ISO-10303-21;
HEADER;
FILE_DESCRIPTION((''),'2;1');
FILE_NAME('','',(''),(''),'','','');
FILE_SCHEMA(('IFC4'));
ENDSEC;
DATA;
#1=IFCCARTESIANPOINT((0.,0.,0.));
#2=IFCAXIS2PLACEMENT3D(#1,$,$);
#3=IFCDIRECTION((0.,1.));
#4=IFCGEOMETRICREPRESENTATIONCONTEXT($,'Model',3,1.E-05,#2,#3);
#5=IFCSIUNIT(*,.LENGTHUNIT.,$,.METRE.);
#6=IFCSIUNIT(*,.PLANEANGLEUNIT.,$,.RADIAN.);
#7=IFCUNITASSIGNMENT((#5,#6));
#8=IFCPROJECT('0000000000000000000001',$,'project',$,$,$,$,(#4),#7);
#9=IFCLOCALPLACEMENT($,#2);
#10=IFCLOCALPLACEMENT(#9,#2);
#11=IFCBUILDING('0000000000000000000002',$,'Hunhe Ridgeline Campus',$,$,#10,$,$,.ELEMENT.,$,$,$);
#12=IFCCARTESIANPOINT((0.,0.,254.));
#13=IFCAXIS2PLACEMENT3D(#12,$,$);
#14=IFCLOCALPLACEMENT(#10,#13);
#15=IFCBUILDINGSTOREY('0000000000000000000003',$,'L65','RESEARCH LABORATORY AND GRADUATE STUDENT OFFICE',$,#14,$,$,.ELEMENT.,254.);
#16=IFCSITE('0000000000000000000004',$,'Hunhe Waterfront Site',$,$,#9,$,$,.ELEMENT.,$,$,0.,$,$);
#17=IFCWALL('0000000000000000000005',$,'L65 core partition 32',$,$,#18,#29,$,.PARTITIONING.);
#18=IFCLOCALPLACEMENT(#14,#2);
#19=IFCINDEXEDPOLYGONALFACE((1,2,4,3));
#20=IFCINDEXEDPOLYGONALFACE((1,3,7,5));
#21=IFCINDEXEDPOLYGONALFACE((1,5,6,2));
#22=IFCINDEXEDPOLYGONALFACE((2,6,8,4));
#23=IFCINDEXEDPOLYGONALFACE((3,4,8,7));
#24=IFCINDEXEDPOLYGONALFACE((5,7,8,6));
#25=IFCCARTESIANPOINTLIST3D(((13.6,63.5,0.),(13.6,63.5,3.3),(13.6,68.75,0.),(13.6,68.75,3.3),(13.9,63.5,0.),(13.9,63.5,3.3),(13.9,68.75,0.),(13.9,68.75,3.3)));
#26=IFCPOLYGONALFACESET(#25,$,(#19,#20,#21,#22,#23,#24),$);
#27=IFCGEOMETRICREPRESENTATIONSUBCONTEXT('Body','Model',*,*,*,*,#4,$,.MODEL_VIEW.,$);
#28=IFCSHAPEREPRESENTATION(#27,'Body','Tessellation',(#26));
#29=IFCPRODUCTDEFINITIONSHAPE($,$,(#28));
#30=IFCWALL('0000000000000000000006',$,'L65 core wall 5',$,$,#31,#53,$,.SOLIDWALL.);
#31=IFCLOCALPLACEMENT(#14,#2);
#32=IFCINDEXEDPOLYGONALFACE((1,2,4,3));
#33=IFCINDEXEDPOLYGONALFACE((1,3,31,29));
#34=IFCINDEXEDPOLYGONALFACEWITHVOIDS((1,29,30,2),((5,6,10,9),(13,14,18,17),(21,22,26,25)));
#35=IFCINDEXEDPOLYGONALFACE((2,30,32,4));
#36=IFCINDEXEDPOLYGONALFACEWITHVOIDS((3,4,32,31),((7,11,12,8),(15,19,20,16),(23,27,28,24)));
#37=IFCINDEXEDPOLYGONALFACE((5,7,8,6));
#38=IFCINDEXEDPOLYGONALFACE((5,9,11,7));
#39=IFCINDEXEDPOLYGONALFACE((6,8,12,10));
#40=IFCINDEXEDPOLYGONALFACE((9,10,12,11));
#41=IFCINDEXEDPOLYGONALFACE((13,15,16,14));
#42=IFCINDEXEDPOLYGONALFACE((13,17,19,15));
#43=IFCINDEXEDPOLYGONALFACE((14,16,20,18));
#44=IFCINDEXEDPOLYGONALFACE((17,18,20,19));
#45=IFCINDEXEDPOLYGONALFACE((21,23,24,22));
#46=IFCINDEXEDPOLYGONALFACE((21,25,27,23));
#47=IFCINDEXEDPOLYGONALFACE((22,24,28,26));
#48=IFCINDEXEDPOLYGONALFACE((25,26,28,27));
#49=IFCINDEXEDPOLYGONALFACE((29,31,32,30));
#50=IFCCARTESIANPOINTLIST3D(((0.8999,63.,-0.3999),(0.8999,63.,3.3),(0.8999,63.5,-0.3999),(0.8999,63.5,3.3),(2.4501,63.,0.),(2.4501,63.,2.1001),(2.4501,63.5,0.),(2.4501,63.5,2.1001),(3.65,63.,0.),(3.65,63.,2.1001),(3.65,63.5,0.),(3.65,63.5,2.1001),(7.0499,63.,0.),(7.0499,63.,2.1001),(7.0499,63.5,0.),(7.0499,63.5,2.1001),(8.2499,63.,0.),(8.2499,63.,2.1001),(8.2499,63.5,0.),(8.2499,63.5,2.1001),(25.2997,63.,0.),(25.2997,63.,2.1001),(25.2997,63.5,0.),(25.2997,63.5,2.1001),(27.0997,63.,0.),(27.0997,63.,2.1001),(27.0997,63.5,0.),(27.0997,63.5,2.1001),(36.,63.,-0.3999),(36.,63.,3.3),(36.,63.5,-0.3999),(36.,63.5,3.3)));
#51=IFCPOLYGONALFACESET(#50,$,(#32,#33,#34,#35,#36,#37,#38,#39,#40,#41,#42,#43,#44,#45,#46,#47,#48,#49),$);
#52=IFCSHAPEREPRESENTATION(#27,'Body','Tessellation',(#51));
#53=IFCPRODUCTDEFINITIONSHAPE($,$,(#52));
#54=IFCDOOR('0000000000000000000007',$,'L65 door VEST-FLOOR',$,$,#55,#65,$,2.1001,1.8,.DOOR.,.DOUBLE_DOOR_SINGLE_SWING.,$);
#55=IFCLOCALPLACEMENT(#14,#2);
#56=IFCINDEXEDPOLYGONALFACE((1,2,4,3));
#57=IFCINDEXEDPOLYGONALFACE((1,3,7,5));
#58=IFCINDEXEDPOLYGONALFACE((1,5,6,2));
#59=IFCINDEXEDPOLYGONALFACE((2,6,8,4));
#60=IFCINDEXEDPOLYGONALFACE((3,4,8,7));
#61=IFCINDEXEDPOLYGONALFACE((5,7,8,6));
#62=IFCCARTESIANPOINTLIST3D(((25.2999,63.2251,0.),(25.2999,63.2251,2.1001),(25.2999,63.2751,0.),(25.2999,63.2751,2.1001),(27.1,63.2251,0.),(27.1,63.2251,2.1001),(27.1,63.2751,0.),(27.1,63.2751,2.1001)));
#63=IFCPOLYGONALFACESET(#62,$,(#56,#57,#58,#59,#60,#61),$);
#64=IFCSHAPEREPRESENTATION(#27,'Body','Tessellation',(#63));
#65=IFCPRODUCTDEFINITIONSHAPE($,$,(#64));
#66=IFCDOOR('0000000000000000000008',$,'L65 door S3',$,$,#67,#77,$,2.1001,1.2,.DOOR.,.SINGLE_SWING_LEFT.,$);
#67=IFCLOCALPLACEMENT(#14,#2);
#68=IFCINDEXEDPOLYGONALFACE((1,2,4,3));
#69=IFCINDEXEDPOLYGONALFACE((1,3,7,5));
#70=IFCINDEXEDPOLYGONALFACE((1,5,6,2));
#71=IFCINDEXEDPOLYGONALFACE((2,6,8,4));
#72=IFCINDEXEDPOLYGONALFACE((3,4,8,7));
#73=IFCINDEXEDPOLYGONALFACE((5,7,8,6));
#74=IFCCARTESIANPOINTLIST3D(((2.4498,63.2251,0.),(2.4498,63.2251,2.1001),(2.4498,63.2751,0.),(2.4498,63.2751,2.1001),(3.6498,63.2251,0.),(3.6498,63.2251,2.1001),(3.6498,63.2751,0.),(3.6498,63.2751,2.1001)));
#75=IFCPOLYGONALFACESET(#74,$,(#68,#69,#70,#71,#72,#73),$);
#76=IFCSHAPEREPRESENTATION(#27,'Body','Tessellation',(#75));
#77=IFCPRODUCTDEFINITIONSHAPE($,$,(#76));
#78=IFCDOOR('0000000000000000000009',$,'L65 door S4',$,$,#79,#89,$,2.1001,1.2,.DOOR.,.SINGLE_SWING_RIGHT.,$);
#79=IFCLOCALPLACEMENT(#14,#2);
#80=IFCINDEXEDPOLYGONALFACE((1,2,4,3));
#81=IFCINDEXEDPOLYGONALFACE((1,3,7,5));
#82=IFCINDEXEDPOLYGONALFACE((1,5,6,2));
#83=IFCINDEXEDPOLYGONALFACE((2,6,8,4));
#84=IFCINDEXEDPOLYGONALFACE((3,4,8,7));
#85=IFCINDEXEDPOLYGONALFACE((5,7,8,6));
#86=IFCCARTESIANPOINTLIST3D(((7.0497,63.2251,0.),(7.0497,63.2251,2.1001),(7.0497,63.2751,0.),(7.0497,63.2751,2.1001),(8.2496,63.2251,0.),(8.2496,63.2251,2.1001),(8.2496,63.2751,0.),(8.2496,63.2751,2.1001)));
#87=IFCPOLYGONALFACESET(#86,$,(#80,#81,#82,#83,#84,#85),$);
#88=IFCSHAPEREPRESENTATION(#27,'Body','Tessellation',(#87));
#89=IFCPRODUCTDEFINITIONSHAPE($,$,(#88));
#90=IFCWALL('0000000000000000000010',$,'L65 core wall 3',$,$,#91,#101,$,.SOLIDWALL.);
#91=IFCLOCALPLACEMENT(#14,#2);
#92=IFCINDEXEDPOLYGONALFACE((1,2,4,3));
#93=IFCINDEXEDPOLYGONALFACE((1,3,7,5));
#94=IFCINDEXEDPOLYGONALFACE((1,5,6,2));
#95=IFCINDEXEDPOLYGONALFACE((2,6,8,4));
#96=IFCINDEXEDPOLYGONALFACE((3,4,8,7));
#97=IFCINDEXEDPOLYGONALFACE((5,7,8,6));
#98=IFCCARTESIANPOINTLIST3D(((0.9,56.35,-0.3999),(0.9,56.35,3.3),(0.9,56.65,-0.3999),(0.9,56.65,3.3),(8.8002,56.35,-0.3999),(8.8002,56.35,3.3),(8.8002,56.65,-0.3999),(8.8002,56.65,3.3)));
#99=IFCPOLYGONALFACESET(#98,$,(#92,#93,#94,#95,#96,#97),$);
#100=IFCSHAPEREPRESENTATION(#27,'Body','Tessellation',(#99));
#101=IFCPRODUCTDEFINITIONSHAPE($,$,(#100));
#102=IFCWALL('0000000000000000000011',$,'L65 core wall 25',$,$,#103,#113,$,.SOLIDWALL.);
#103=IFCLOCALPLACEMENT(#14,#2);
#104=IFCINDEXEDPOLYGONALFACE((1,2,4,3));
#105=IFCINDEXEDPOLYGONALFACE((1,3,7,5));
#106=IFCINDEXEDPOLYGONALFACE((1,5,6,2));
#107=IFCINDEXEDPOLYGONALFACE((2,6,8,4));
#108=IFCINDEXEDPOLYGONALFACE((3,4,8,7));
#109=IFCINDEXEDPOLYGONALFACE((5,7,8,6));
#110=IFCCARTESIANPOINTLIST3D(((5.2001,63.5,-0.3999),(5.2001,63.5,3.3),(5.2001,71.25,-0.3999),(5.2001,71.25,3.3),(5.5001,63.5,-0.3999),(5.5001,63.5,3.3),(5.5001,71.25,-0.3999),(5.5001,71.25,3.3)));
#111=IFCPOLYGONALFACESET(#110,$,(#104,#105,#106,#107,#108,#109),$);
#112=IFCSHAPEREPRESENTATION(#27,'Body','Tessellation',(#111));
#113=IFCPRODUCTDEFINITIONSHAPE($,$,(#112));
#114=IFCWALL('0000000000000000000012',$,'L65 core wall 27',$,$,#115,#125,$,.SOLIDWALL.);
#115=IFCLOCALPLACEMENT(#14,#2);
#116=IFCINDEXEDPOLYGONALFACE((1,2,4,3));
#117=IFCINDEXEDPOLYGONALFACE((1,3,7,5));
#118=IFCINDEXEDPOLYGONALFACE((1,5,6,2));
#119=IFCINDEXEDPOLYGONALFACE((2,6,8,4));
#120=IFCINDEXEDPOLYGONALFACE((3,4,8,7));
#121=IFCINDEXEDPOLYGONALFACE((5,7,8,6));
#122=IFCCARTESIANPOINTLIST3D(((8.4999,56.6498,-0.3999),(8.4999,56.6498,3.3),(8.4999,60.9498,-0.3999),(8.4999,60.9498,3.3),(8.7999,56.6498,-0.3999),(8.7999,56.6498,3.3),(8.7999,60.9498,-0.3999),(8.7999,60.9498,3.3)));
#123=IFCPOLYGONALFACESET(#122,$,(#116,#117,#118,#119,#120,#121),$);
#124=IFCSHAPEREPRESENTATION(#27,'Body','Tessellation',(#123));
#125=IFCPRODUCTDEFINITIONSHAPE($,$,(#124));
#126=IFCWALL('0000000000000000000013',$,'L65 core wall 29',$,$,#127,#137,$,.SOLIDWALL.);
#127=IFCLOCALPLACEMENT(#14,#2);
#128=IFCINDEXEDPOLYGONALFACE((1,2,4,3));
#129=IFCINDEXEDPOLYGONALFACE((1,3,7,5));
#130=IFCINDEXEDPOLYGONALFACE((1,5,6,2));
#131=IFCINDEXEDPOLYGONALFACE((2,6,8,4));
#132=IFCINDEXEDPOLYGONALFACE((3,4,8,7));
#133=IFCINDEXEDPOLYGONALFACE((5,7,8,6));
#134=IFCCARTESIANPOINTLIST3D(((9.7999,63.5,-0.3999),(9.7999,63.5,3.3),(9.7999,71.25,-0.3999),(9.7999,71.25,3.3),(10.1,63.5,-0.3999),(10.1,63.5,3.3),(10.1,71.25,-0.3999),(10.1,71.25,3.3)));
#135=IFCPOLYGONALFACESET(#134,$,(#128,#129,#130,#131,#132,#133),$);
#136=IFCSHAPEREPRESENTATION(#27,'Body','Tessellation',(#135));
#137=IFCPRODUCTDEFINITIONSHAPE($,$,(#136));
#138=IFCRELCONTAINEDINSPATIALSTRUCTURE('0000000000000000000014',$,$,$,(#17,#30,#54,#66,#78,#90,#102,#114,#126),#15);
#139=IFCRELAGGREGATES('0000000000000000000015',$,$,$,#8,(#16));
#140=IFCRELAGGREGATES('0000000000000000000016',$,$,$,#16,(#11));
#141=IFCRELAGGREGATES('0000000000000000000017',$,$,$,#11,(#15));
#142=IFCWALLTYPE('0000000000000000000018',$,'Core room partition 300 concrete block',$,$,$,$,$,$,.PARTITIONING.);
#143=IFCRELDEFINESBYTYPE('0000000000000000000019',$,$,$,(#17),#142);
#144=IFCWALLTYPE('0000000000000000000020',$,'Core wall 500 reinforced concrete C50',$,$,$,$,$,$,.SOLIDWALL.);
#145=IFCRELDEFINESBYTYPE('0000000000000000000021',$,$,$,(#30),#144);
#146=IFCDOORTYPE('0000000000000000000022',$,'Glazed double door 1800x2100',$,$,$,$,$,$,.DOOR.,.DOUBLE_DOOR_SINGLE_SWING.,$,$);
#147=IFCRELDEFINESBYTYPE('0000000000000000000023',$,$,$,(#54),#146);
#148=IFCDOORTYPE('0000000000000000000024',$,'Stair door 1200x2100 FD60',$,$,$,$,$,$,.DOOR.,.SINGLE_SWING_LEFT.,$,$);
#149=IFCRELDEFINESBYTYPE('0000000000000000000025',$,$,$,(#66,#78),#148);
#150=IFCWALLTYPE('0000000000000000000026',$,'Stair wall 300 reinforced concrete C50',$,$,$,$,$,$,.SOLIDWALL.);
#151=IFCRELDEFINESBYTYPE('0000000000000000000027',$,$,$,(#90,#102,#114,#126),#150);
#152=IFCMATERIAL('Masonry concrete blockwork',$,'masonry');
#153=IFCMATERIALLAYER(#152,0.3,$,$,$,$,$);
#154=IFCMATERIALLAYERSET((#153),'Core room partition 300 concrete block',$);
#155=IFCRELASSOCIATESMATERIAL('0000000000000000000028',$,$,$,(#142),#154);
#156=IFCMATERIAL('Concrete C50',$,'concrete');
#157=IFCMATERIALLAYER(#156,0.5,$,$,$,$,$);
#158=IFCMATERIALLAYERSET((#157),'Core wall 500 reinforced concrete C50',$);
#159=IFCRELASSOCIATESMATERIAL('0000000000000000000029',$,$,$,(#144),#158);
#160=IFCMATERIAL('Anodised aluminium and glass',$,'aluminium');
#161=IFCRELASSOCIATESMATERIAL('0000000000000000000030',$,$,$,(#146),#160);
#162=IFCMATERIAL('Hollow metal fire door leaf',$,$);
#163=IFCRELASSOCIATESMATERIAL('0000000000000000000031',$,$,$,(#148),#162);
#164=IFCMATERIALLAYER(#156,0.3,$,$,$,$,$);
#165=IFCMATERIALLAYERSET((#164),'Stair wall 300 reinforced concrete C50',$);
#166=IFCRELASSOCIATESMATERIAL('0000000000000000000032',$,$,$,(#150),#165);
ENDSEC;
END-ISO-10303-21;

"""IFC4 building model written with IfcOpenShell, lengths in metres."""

from ifc_helpers import new_model, si_unit, direction, frame, frame_2d, origin, place, context, subcontext, project, spatial, rectangle, extrude, material, layer, layer_set, type_object, element, fill, save


model = new_model("IFC4")

# Units and contexts
model_context = context("Model", 3, precision=1e-05, world=origin(), true_north=direction((0.0, 1.0)))
body_context = subcontext(model_context, "Body", "Model", "MODEL_VIEW")
ifc_project = project(units=[si_unit("LENGTHUNIT", "METRE"), si_unit("PLANEANGLEUNIT", "RADIAN")], contexts=[model_context])

# Site, building, storey
site_placement = place(None, origin())
site = spatial("IfcSite", under=ifc_project, at=site_placement, Name="Hunhe Waterfront Site", CompositionType="ELEMENT", RefElevation=0.0)
building_placement = place(site_placement, origin())
building = spatial("IfcBuilding", under=site, at=building_placement, Name="Hunhe Ridgeline Campus", CompositionType="ELEMENT")
storey_placement = place(building_placement, frame((0.0, 0.0, 254.0)))
storey = spatial("IfcBuildingStorey", under=building, at=storey_placement, Name="L65", Description="RESEARCH LABORATORY AND GRADUATE STUDENT OFFICE", CompositionType="ELEMENT", Elevation=254.0)

# Wall
ifc_material_1 = material(Name="Masonry concrete blockwork", Category="masonry")
ifc_layer_1 = layer(ifc_material_1, 0.3)
ifc_layer_set_1 = layer_set([ifc_layer_1], Name="Core room partition 300 concrete block")
wall_type_1 = type_object("IfcWallType", Name="Core room partition 300 concrete block", PredefinedType="PARTITIONING", material=ifc_layer_set_1)
wall_1_placement = place(storey_placement, frame((13.75, 63.5, 0.0), z_axis=(0.0, 0.0, 1.0), x_axis=(0.0, 1.0, 0.0)))
element("IfcWall", 1, at=wall_1_placement, inside=storey, type_object=wall_type_1, Name="L65 core partition 32", PredefinedType="PARTITIONING", context=body_context, shape_type="SweptSolid", body=[
    extrude(rectangle(XDim=5.25, YDim=0.3, at=frame_2d((2.625, 0.0))), origin(), (0.0, 0.0, 1.0), 3.3),
])

# Wall, openings, doors
ifc_material_2 = material(Name="Concrete C50", Category="concrete")
ifc_layer_2 = layer(ifc_material_2, 0.5)
ifc_layer_set_2 = layer_set([ifc_layer_2], Name="Core wall 500 reinforced concrete C50")
wall_type_2 = type_object("IfcWallType", Name="Core wall 500 reinforced concrete C50", PredefinedType="SOLIDWALL", material=ifc_layer_set_2)
wall_2_placement = place(storey_placement, frame((0.8999, 63.25, -0.3999), z_axis=(0.0, 0.0, 1.0), x_axis=(1.0, 0.0, 0.0)))
wall_2 = element("IfcWall", 2, at=wall_2_placement, inside=storey, type_object=wall_type_2, Name="L65 core wall 5", PredefinedType="SOLIDWALL", context=body_context, shape_type="SweptSolid", body=[
    extrude(rectangle(XDim=35.1001, YDim=0.5, at=frame_2d((17.55, 0.0))), origin(), (0.0, 0.0, 1.0), 3.7),
])
opening_1_placement = place(wall_2_placement, frame((24.3999, 0.0, 0.3999)))
opening_1 = element("IfcOpeningElement", 3, at=opening_1_placement, cuts=wall_2, PredefinedType="OPENING", context=body_context, shape_type="SweptSolid", body=[
    extrude(rectangle(XDim=1.8, YDim=2.1001, at=frame_2d((0.8999, 1.05))), frame((0.0, 0.25, 0.0), z_axis=(0.0, -1.0, 0.0), x_axis=(1.0, 0.0, 0.0)), (0.0, 0.0, 1.0), 0.5),
])
opening_2_placement = place(wall_2_placement, frame((1.55, 0.0, 0.3999)))
opening_2 = element("IfcOpeningElement", 4, at=opening_2_placement, cuts=wall_2, PredefinedType="OPENING", context=body_context, shape_type="SweptSolid", body=[
    extrude(rectangle(XDim=1.2, YDim=2.1001, at=frame_2d((0.6001, 1.05))), frame((0.0, 0.25, 0.0), z_axis=(0.0, -1.0, 0.0), x_axis=(1.0, 0.0, 0.0)), (0.0, 0.0, 1.0), 0.5),
])
opening_3_placement = place(wall_2_placement, frame((6.1499, 0.0, 0.3999)))
opening_3 = element("IfcOpeningElement", 5, at=opening_3_placement, cuts=wall_2, PredefinedType="OPENING", context=body_context, shape_type="SweptSolid", body=[
    extrude(rectangle(XDim=1.2, YDim=2.1001, at=frame_2d((0.6001, 1.05))), frame((0.0, 0.25, 0.0), z_axis=(0.0, -1.0, 0.0), x_axis=(1.0, 0.0, 0.0)), (0.0, 0.0, 1.0), 0.5),
])
ifc_material_3 = material(Name="Anodised aluminium and glass", Category="aluminium")
door_type_1 = type_object("IfcDoorType", Name="Glazed double door 1800x2100", OperationType="DOUBLE_DOOR_SINGLE_SWING", PredefinedType="DOOR", material=ifc_material_3)
door_1_placement = place(opening_1_placement, frame((1.8, 0.0, 0.0), z_axis=(0.0, 0.0, 1.0), x_axis=(-1.0, 0.0, 0.0)))
door_1 = element("IfcDoor", 6, at=door_1_placement, inside=storey, type_object=door_type_1, Name="L65 door VEST-FLOOR", OperationType="DOUBLE_DOOR_SINGLE_SWING", OverallHeight=2.1001, OverallWidth=1.8, PredefinedType="DOOR", context=body_context, shape_type="SweptSolid", body=[
    extrude(rectangle(XDim=1.8, YDim=2.1001, at=frame_2d((0.8999, 1.05))), frame((0.0, 0.0249, 0.0), z_axis=(0.0, -1.0, 0.0), x_axis=(1.0, 0.0, 0.0)), (0.0, 0.0, 1.0), 0.05),
])
fill(opening_1, door_1)
ifc_material_4 = material(Name="Hollow metal fire door leaf")
door_type_2 = type_object("IfcDoorType", Name="Stair door 1200x2100 FD60", OperationType="SINGLE_SWING_LEFT", PredefinedType="DOOR", material=ifc_material_4)
door_2_placement = place(opening_2_placement, frame((1.2, 0.0, 0.0), z_axis=(0.0, 0.0, 1.0), x_axis=(-1.0, 0.0, 0.0)))
door_2 = element("IfcDoor", 7, at=door_2_placement, inside=storey, type_object=door_type_2, Name="L65 door S3", OperationType="SINGLE_SWING_LEFT", OverallHeight=2.1001, OverallWidth=1.2, PredefinedType="DOOR", context=body_context, shape_type="SweptSolid", body=[
    extrude(rectangle(XDim=1.2, YDim=2.1001, at=frame_2d((0.6001, 1.05))), frame((0.0, 0.0249, 0.0), z_axis=(0.0, -1.0, 0.0), x_axis=(1.0, 0.0, 0.0)), (0.0, 0.0, 1.0), 0.05),
])
fill(opening_2, door_2)
door_3_placement = place(opening_3_placement, frame((1.2, 0.0, 0.0), z_axis=(0.0, 0.0, 1.0), x_axis=(-1.0, 0.0, 0.0)))
door_3 = element("IfcDoor", 8, at=door_3_placement, inside=storey, type_object=door_type_2, Name="L65 door S4", OperationType="SINGLE_SWING_RIGHT", OverallHeight=2.1001, OverallWidth=1.2, PredefinedType="DOOR", context=body_context, shape_type="SweptSolid", body=[
    extrude(rectangle(XDim=1.2, YDim=2.1001, at=frame_2d((0.6001, 1.05))), frame((0.0, 0.0249, 0.0), z_axis=(0.0, -1.0, 0.0), x_axis=(1.0, 0.0, 0.0)), (0.0, 0.0, 1.0), 0.05),
])
fill(opening_3, door_3)

# Wall
ifc_layer_3 = layer(ifc_material_2, 0.3)
ifc_layer_set_3 = layer_set([ifc_layer_3], Name="Stair wall 300 reinforced concrete C50")
wall_type_3 = type_object("IfcWallType", Name="Stair wall 300 reinforced concrete C50", PredefinedType="SOLIDWALL", material=ifc_layer_set_3)
wall_3_placement = place(storey_placement, frame((0.8999, 56.5, -0.3999), z_axis=(0.0, 0.0, 1.0), x_axis=(1.0, 0.0, 0.0)))
element("IfcWall", 9, at=wall_3_placement, inside=storey, type_object=wall_type_3, Name="L65 core wall 3", PredefinedType="SOLIDWALL", context=body_context, shape_type="SweptSolid", body=[
    extrude(rectangle(XDim=7.9001, YDim=0.3, at=frame_2d((3.9502, 0.0))), origin(), (0.0, 0.0, 1.0), 3.7),
])

# Walls
wall_4_placement = place(storey_placement, frame((5.3501, 63.5, -0.3999), z_axis=(0.0, 0.0, 1.0), x_axis=(0.0, 1.0, 0.0)))
element("IfcWall", 10, at=wall_4_placement, inside=storey, type_object=wall_type_3, Name="L65 core wall 25", PredefinedType="SOLIDWALL", context=body_context, shape_type="SweptSolid", body=[
    extrude(rectangle(XDim=7.75, YDim=0.3, at=frame_2d((3.875, 0.0))), origin(), (0.0, 0.0, 1.0), 3.7),
])
wall_5_placement = place(storey_placement, frame((8.6499, 56.6499, -0.3999), z_axis=(0.0, 0.0, 1.0), x_axis=(0.0, 1.0, 0.0)))
element("IfcWall", 11, at=wall_5_placement, inside=storey, type_object=wall_type_3, Name="L65 core wall 27", PredefinedType="SOLIDWALL", context=body_context, shape_type="SweptSolid", body=[
    extrude(rectangle(XDim=4.3, YDim=0.3, at=frame_2d((2.1499, 0.0))), origin(), (0.0, 0.0, 1.0), 3.7),
])
wall_6_placement = place(storey_placement, frame((9.95, 63.5, -0.3999), z_axis=(0.0, 0.0, 1.0), x_axis=(0.0, 1.0, 0.0)))
element("IfcWall", 12, at=wall_6_placement, inside=storey, type_object=wall_type_3, Name="L65 core wall 29", PredefinedType="SOLIDWALL", context=body_context, shape_type="SweptSolid", body=[
    extrude(rectangle(XDim=7.75, YDim=0.3, at=frame_2d((3.875, 0.0))), origin(), (0.0, 0.0, 1.0), 3.7),
])

save(model, "model.ifc")
